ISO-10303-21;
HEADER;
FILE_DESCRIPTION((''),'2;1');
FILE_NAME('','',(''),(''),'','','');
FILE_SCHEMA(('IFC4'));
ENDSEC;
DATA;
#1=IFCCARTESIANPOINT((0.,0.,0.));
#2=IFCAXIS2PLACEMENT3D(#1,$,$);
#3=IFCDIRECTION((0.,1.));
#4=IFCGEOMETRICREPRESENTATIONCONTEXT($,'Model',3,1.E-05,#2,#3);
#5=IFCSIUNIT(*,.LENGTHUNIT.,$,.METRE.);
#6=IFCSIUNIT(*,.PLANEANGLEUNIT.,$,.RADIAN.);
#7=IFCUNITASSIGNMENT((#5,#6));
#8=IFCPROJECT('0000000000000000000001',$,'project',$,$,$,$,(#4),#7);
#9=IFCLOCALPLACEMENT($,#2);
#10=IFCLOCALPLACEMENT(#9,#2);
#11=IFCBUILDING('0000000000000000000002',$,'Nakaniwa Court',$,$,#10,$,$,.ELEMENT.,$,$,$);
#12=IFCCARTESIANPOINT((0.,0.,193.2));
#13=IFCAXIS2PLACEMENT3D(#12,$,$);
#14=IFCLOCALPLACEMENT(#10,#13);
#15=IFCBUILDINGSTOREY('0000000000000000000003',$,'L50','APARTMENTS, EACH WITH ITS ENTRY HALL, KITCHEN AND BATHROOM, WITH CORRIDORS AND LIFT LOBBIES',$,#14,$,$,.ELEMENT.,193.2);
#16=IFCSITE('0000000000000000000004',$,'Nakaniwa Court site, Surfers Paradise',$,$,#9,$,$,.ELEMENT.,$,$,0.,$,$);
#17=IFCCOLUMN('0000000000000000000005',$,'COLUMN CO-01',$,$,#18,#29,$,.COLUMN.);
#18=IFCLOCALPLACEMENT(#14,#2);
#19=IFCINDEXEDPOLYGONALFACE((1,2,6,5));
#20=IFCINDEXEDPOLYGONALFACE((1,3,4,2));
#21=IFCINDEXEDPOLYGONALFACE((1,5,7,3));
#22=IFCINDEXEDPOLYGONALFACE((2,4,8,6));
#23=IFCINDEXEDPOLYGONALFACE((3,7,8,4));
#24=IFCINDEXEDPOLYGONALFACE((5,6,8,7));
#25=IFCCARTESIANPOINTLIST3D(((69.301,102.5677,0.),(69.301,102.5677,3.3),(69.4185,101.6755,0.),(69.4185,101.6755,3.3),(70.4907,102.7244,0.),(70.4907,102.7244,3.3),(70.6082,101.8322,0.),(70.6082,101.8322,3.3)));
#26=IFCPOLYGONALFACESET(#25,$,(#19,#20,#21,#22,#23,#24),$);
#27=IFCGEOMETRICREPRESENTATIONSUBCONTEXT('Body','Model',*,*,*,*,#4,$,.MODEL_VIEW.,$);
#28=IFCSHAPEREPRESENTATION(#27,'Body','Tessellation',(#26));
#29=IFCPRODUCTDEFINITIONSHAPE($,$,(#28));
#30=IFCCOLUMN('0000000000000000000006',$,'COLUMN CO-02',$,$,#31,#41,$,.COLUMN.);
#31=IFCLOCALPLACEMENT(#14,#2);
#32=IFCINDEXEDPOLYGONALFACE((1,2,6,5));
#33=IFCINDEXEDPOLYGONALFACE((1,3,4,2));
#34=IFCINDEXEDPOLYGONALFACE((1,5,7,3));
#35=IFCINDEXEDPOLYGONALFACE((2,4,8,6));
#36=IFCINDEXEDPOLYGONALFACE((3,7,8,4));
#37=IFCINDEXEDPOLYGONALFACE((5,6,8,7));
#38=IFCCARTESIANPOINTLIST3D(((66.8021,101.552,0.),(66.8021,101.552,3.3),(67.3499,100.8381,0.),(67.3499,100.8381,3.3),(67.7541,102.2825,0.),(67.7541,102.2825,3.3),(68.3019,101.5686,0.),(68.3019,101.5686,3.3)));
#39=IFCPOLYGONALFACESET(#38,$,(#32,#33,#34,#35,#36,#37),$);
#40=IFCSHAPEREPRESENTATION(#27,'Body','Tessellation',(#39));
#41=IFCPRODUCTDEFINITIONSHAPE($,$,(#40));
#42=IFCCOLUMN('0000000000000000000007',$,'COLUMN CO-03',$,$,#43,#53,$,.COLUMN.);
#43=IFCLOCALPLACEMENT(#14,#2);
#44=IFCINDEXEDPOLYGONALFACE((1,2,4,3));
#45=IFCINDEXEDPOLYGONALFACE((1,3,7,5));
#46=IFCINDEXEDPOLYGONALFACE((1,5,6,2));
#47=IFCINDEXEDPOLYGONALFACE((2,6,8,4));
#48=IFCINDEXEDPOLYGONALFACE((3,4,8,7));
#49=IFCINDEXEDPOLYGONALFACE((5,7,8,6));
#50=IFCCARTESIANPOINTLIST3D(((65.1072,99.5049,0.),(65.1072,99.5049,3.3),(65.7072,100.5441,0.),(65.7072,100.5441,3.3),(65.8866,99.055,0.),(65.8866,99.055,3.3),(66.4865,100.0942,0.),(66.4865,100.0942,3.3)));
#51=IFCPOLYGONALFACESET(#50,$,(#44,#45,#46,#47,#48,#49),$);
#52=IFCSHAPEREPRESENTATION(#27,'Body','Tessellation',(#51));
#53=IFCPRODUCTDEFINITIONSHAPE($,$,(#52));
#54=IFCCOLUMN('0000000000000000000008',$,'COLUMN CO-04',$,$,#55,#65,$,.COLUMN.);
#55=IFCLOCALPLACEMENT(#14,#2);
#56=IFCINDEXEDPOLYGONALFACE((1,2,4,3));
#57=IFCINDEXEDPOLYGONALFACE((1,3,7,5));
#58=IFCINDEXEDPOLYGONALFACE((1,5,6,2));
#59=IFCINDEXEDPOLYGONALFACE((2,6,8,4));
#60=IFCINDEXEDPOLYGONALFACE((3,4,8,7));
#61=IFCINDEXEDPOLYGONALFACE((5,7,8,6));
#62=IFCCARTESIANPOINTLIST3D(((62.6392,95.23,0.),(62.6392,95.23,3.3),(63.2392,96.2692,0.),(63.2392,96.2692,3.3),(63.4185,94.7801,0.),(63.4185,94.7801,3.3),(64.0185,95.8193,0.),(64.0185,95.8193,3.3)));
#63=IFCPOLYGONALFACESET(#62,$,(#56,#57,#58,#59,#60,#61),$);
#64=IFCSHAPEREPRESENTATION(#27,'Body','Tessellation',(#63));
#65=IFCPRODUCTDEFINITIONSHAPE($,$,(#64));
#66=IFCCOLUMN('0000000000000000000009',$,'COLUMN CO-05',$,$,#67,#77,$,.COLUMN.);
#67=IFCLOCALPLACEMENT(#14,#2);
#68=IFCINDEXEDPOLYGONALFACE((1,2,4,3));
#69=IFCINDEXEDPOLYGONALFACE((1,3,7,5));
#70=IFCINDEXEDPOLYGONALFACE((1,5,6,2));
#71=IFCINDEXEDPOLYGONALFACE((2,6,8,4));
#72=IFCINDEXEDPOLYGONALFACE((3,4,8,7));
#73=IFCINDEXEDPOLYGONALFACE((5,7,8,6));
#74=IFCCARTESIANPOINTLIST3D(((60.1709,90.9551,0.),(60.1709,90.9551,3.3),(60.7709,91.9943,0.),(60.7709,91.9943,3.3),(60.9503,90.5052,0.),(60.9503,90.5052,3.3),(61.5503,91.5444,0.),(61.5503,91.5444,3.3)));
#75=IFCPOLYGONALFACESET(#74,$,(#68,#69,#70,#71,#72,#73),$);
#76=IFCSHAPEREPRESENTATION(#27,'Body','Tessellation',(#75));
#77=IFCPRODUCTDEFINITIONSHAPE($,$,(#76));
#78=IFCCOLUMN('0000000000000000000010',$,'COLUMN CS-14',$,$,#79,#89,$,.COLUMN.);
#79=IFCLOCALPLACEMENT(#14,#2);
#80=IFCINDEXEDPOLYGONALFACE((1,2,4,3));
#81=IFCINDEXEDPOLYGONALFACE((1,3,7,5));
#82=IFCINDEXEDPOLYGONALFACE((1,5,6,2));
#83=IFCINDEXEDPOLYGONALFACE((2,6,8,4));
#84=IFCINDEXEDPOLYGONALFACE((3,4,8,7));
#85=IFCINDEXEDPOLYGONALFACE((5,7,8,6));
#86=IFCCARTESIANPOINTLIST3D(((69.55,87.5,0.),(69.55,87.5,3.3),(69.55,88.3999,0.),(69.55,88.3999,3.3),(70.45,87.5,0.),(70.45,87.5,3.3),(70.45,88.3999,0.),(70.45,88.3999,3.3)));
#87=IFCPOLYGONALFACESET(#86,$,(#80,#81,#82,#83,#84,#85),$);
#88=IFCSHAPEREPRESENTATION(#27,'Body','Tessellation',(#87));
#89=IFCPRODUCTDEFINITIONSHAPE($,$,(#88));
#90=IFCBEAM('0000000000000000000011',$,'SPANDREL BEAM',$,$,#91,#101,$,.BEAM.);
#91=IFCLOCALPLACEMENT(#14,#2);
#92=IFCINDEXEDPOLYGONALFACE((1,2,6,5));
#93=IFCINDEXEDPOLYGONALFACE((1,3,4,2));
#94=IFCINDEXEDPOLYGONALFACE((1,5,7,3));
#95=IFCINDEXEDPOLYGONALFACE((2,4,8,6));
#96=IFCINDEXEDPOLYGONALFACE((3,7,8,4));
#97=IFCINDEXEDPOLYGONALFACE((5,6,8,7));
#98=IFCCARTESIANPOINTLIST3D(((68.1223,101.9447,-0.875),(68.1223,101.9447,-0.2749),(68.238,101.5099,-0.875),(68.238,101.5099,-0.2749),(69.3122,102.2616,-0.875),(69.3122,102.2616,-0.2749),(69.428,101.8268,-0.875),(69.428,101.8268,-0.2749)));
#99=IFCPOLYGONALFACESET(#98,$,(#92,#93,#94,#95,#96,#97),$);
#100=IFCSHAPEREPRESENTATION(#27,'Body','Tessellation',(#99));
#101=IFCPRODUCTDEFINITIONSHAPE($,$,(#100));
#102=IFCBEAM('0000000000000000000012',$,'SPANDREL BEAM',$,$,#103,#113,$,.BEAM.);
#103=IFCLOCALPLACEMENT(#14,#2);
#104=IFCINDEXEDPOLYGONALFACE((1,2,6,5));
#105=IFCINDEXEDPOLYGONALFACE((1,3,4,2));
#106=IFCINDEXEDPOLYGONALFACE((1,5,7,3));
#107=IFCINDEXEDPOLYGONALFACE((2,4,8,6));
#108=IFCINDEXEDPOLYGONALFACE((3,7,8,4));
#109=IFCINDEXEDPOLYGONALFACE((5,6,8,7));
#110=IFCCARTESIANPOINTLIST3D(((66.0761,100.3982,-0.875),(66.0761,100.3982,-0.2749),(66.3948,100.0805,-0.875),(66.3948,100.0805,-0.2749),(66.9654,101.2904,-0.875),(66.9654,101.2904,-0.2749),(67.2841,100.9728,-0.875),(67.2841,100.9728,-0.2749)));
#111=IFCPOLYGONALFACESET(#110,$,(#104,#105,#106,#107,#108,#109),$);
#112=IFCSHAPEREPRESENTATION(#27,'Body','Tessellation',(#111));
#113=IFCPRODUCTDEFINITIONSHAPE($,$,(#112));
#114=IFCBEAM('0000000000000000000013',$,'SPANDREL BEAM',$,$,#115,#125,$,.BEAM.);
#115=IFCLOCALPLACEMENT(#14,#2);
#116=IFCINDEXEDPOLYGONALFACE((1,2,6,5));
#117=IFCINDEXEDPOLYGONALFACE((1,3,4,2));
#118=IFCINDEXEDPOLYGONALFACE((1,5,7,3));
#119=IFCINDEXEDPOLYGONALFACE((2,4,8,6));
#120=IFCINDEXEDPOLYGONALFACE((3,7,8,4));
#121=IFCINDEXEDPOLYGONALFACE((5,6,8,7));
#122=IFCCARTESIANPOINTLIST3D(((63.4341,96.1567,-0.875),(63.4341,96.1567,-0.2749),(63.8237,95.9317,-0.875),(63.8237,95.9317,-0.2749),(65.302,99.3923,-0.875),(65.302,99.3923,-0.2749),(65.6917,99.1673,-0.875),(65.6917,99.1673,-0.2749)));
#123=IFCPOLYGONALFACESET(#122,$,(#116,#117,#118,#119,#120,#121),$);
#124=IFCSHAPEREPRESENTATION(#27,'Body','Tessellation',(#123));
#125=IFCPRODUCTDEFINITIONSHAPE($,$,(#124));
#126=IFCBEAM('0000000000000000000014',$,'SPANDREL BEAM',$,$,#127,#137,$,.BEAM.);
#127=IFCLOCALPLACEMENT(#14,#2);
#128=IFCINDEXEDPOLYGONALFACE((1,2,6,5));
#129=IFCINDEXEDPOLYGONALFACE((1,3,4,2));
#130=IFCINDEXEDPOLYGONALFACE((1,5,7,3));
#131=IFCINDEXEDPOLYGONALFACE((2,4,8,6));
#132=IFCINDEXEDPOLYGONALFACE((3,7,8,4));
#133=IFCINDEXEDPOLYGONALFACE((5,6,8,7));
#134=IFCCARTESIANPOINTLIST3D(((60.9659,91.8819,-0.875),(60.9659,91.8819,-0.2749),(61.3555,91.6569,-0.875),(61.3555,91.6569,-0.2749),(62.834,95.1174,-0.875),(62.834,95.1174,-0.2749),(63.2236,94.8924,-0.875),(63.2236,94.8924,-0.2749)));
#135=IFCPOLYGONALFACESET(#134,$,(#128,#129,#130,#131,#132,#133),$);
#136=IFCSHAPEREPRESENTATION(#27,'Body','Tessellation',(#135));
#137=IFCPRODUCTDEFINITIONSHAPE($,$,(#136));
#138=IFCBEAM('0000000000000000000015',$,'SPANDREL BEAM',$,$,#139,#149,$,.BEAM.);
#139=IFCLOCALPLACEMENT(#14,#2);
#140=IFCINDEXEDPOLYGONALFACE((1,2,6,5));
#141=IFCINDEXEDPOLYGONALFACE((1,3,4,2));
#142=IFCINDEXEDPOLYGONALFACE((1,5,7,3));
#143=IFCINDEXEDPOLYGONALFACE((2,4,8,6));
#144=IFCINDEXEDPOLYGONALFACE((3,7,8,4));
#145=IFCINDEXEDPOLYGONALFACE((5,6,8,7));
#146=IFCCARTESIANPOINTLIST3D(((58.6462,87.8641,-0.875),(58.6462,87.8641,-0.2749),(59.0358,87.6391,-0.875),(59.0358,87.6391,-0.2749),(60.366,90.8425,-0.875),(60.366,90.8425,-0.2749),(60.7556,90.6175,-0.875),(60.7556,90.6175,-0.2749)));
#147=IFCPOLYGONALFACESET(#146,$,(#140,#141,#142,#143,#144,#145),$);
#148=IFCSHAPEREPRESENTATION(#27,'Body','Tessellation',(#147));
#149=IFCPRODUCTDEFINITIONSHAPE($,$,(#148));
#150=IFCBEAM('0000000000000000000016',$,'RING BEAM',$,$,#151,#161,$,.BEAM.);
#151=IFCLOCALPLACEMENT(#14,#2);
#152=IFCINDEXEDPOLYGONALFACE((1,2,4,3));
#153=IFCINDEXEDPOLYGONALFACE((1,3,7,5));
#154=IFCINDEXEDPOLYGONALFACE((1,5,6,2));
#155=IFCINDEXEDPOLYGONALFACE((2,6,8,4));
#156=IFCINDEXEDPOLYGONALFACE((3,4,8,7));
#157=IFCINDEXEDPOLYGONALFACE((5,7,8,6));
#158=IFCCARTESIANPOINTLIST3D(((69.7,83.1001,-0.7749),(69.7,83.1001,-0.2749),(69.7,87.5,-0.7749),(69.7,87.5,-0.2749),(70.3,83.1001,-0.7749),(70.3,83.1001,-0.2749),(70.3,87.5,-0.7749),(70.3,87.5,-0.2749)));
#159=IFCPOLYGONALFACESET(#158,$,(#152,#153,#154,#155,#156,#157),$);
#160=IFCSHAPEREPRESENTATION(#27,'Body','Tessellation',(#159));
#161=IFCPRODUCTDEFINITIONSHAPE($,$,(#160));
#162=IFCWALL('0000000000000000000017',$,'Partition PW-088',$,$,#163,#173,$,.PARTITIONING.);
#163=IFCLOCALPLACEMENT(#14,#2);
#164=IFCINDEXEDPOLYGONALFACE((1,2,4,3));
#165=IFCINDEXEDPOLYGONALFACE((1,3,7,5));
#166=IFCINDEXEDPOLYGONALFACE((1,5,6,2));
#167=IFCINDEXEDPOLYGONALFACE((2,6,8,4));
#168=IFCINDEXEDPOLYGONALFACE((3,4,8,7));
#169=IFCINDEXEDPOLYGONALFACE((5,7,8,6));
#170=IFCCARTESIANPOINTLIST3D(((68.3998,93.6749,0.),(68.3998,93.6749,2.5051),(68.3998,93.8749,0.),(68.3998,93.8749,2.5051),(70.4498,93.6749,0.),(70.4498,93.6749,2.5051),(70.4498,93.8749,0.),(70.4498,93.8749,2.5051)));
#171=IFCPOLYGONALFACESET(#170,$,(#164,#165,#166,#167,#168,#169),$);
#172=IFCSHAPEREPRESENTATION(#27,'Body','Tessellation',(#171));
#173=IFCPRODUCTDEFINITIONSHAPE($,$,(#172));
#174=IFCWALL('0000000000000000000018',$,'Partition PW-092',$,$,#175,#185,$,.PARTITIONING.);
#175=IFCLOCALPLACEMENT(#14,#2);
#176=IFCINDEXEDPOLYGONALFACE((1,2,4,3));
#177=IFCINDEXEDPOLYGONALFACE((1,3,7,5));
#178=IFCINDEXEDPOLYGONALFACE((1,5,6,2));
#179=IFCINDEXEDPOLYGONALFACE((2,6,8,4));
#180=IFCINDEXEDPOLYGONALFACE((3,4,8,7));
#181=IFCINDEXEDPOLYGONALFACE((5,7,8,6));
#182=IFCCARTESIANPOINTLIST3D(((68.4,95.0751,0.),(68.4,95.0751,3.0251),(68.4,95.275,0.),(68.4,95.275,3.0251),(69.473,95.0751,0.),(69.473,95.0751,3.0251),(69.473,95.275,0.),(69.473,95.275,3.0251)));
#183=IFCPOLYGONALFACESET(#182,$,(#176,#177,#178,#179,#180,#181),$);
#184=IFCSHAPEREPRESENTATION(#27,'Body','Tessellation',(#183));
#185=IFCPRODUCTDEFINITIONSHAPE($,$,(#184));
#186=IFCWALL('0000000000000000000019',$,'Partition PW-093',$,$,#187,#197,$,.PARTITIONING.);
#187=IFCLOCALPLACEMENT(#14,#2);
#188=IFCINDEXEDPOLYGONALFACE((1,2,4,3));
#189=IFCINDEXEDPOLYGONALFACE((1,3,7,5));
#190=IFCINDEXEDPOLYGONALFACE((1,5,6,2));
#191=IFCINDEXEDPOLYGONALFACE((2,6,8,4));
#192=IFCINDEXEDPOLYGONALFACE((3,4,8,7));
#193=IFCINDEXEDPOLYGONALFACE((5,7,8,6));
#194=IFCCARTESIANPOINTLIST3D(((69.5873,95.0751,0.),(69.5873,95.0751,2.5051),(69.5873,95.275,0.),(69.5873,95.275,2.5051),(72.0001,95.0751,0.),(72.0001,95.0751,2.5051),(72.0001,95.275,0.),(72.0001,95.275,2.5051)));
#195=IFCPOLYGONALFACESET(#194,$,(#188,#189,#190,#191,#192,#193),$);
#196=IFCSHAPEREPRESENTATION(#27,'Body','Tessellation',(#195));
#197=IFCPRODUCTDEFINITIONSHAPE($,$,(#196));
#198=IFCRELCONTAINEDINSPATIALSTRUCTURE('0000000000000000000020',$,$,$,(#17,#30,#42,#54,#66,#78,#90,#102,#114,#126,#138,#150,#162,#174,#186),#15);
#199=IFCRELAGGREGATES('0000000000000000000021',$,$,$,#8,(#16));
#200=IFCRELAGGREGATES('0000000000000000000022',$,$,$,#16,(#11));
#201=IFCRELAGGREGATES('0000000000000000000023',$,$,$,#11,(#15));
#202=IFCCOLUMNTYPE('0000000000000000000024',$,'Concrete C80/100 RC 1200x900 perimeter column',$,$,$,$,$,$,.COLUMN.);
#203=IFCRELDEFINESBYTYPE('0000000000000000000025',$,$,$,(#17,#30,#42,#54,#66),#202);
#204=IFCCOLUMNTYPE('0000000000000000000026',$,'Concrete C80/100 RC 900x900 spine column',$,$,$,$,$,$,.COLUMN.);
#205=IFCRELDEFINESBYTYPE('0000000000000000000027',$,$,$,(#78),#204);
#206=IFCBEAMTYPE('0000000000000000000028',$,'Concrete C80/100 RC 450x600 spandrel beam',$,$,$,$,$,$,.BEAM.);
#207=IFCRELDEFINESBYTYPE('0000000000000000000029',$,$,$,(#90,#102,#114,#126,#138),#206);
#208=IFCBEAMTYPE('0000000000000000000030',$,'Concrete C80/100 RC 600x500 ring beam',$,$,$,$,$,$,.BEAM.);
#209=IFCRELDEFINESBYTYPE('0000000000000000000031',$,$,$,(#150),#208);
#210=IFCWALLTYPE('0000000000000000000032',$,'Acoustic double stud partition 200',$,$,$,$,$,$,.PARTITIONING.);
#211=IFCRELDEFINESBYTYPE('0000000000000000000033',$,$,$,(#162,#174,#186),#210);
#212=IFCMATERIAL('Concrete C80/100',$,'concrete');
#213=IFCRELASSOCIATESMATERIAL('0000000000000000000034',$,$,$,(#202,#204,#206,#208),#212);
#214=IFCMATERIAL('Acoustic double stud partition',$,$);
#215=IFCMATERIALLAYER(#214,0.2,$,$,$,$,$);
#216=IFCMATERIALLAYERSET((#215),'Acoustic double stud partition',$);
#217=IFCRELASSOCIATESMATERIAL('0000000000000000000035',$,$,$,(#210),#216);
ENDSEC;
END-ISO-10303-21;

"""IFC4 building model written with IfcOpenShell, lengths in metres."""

from ifc_helpers import new_model, si_unit, direction, frame, frame_2d, origin, origin_2d, place, context, subcontext, project, spatial, rectangle, extrude, material, layer, layer_set, material_profile, profile_set, type_object, element, save


model = new_model("IFC4")

# Units and contexts
model_context = context("Model", 3, precision=1e-05, world=origin(), true_north=direction((0.0, 1.0)))
body_context = subcontext(model_context, "Body", "Model", "MODEL_VIEW")
ifc_project = project(units=[si_unit("LENGTHUNIT", "METRE"), si_unit("PLANEANGLEUNIT", "RADIAN")], contexts=[model_context])

# Site, building, storey
site_placement = place(None, origin())
site = spatial("IfcSite", under=ifc_project, at=site_placement, Name="Nakaniwa Court site, Surfers Paradise", CompositionType="ELEMENT", RefElevation=0.0)
building_placement = place(site_placement, origin())
building = spatial("IfcBuilding", under=site, at=building_placement, Name="Nakaniwa Court", CompositionType="ELEMENT")
storey_placement = place(building_placement, frame((0.0, 0.0, 193.2)))
storey = spatial("IfcBuildingStorey", under=building, at=storey_placement, Name="L50", Description="APARTMENTS, EACH WITH ITS ENTRY HALL, KITCHEN AND BATHROOM, WITH CORRIDORS AND LIFT LOBBIES", CompositionType="ELEMENT", Elevation=193.2)

# Columns
ifc_material_1 = material(Name="Concrete C80/100", Category="concrete")
ifc_material_profile_1 = material_profile(ifc_material_1, rectangle(XDim=1.2, YDim=0.8999, at=origin_2d()), Name="Concrete C80/100 RC 1200x900 perimeter column")
ifc_profile_set_1 = profile_set([ifc_material_profile_1], Name="Concrete C80/100")
column_type_1 = type_object("IfcColumnType", Name="Concrete C80/100 RC 1200x900 perimeter column", PredefinedType="COLUMN", material=ifc_profile_set_1)
for number, where, z_axis, x_axis, name in (
    (1, (69.9546, 102.2, 0.0), (0.0, 0.0, 1.0), (-0.991443, -0.130543, 0.0), "COLUMN CO-01"),
    (2, (67.552, 101.5603, 0.0), (0.0, 0.0, 1.0), (-0.793364, -0.608748, 0.0), "COLUMN CO-02"),
    (3, (65.7969, 99.7996, 0.0), (0.0, 0.0, 1.0), (-0.5, -0.866025, 0.0), "COLUMN CO-03"),
    (4, (63.3289, 95.5247, 0.0), (0.0, 0.0, 1.0), (-0.5, -0.866025, 0.0), "COLUMN CO-04"),
    (5, (60.8606, 91.2498, 0.0), (0.0, 0.0, 1.0), (-0.5, -0.866025, 0.0), "COLUMN CO-05"),
):
    element("IfcColumn", number, at=place(storey_placement, frame(where, z_axis=z_axis, x_axis=x_axis)), inside=storey, type_object=column_type_1, Name=name, PredefinedType="COLUMN", context=body_context, shape_type="SweptSolid", body=[
        extrude(rectangle(XDim=1.2, YDim=0.8999, at=origin_2d()), origin(), (0.0, 0.0, 1.0), 3.3),
    ])
ifc_material_profile_2 = material_profile(ifc_material_1, rectangle(XDim=0.8999, YDim=0.8999, at=origin_2d()), Name="Concrete C80/100 RC 900x900 spine column")
ifc_profile_set_2 = profile_set([ifc_material_profile_2], Name="Concrete C80/100")
column_type_2 = type_object("IfcColumnType", Name="Concrete C80/100 RC 900x900 spine column", PredefinedType="COLUMN", material=ifc_profile_set_2)
column_placement = place(storey_placement, frame((70.0, 87.95, 0.0), z_axis=(0.0, 0.0, 1.0), x_axis=(0.0, -1.0, 0.0)))
element("IfcColumn", 6, at=column_placement, inside=storey, type_object=column_type_2, Name="COLUMN CS-14", PredefinedType="COLUMN", context=body_context, shape_type="SweptSolid", body=[
    extrude(rectangle(XDim=0.8999, YDim=0.8999, at=origin_2d()), origin(), (0.0, 0.0, 1.0), 3.3),
])

# Beams
ifc_material_profile_3 = material_profile(ifc_material_1, rectangle(XDim=0.45, YDim=0.6001, at=origin_2d()), Name="Concrete C80/100 RC 450x600 spandrel beam")
ifc_profile_set_3 = profile_set([ifc_material_profile_3], Name="Concrete C80/100")
beam_type_1 = type_object("IfcBeamType", Name="Concrete C80/100 RC 450x600 spandrel beam", PredefinedType="BEAM", material=ifc_profile_set_3)
beam_1_placement = place(storey_placement, frame((69.3701, 102.0442, -0.575), z_axis=(-0.96632, -0.257342, 0.0), x_axis=(0.257342, -0.96632, 0.0)))
element("IfcBeam", 7, at=beam_1_placement, inside=storey, type_object=beam_type_1, Name="SPANDREL BEAM", PredefinedType="BEAM", context=body_context, shape_type="SweptSolid", body=[
    extrude(rectangle(XDim=0.45, YDim=0.6001, at=origin_2d()), origin(), (0.0, 0.0, 1.0), 1.2314),
])
beam_2_placement = place(storey_placement, frame((67.1248, 101.1316, -0.575), z_axis=(-0.705943, -0.708269, 0.0), x_axis=(0.708269, -0.705943, 0.0)))
element("IfcBeam", 8, at=beam_2_placement, inside=storey, type_object=beam_type_1, Name="SPANDREL BEAM", PredefinedType="BEAM", context=body_context, shape_type="SweptSolid", body=[
    extrude(rectangle(XDim=0.45, YDim=0.6001, at=origin_2d()), origin(), (0.0, 0.0, 1.0), 1.2598),
])
for number, where, z_axis, x_axis, name in (
    (9, (65.4968, 99.2798, -0.575), (-0.499969, -0.866043, 0.0), (0.866043, -0.499969, 0.0), "SPANDREL BEAM"),
    (10, (63.0288, 95.0049, -0.575), (-0.500018, -0.866015, 0.0), (0.866015, -0.500018, 0.0), "SPANDREL BEAM"),
):
    element("IfcBeam", number, at=place(storey_placement, frame(where, z_axis=z_axis, x_axis=x_axis)), inside=storey, type_object=beam_type_1, Name=name, PredefinedType="BEAM", context=body_context, shape_type="SweptSolid", body=[
        extrude(rectangle(XDim=0.45, YDim=0.6001, at=origin_2d()), origin(), (0.0, 0.0, 1.0), 3.7361),
    ])
beam_3_placement = place(storey_placement, frame((60.5608, 90.73, -0.575), z_axis=(-0.500048, -0.865998, 0.0), x_axis=(0.865998, -0.500048, 0.0)))
element("IfcBeam", 11, at=beam_3_placement, inside=storey, type_object=beam_type_1, Name="SPANDREL BEAM", PredefinedType="BEAM", context=body_context, shape_type="SweptSolid", body=[
    extrude(rectangle(XDim=0.45, YDim=0.6001, at=origin_2d()), origin(), (0.0, 0.0, 1.0), 3.4392),
])
ifc_material_profile_4 = material_profile(ifc_material_1, rectangle(XDim=0.6001, YDim=0.5, at=origin_2d()), Name="Concrete C80/100 RC 600x500 ring beam")
ifc_profile_set_4 = profile_set([ifc_material_profile_4], Name="Concrete C80/100")
beam_type_2 = type_object("IfcBeamType", Name="Concrete C80/100 RC 600x500 ring beam", PredefinedType="BEAM", material=ifc_profile_set_4)
beam_4_placement = place(storey_placement, frame((70.0, 87.5, -0.5249), z_axis=(0.0, -1.0, 0.0), x_axis=(1.0, 0.0, 0.0)))
element("IfcBeam", 12, at=beam_4_placement, inside=storey, type_object=beam_type_2, Name="RING BEAM", PredefinedType="BEAM", context=body_context, shape_type="SweptSolid", body=[
    extrude(rectangle(XDim=0.6001, YDim=0.5, at=origin_2d()), origin(), (0.0, 0.0, 1.0), 4.3999),
])

# Walls
ifc_material_2 = material(Name="Acoustic double stud partition")
ifc_layer_1 = layer(ifc_material_2, 0.2)
ifc_layer_set_1 = layer_set([ifc_layer_1], Name="Acoustic double stud partition")
wall_type_1 = type_object("IfcWallType", Name="Acoustic double stud partition 200", PredefinedType="PARTITIONING", material=ifc_layer_set_1)
wall_1_placement = place(storey_placement, frame((68.3999, 93.7749, 0.0), z_axis=(0.0, 0.0, 1.0), x_axis=(1.0, 0.0, 0.0)))
element("IfcWall", 13, at=wall_1_placement, inside=storey, type_object=wall_type_1, Name="Partition PW-088", PredefinedType="PARTITIONING", context=body_context, shape_type="SweptSolid", body=[
    extrude(rectangle(XDim=2.05, YDim=0.2, at=frame_2d((1.0249, 0.0))), origin(), (0.0, 0.0, 1.0), 2.5051),
])
wall_2_placement = place(storey_placement, frame((68.3999, 95.175, 0.0), z_axis=(0.0, 0.0, 1.0), x_axis=(1.0, 0.0, 0.0)))
element("IfcWall", 14, at=wall_2_placement, inside=storey, type_object=wall_type_1, Name="Partition PW-092", PredefinedType="PARTITIONING", context=body_context, shape_type="SweptSolid", body=[
    extrude(rectangle(XDim=1.073, YDim=0.2, at=frame_2d((0.5366, 0.0))), origin(), (0.0, 0.0, 1.0), 3.0251),
])
wall_3_placement = place(storey_placement, frame((69.5872, 95.175, 0.0), z_axis=(0.0, 0.0, 1.0), x_axis=(1.0, 0.0, 0.0)))
element("IfcWall", 15, at=wall_3_placement, inside=storey, type_object=wall_type_1, Name="Partition PW-093", PredefinedType="PARTITIONING", context=body_context, shape_type="SweptSolid", body=[
    extrude(rectangle(XDim=2.4128, YDim=0.2, at=frame_2d((1.2065, 0.0))), origin(), (0.0, 0.0, 1.0), 2.5051),
])

save(model, "model.ifc")
